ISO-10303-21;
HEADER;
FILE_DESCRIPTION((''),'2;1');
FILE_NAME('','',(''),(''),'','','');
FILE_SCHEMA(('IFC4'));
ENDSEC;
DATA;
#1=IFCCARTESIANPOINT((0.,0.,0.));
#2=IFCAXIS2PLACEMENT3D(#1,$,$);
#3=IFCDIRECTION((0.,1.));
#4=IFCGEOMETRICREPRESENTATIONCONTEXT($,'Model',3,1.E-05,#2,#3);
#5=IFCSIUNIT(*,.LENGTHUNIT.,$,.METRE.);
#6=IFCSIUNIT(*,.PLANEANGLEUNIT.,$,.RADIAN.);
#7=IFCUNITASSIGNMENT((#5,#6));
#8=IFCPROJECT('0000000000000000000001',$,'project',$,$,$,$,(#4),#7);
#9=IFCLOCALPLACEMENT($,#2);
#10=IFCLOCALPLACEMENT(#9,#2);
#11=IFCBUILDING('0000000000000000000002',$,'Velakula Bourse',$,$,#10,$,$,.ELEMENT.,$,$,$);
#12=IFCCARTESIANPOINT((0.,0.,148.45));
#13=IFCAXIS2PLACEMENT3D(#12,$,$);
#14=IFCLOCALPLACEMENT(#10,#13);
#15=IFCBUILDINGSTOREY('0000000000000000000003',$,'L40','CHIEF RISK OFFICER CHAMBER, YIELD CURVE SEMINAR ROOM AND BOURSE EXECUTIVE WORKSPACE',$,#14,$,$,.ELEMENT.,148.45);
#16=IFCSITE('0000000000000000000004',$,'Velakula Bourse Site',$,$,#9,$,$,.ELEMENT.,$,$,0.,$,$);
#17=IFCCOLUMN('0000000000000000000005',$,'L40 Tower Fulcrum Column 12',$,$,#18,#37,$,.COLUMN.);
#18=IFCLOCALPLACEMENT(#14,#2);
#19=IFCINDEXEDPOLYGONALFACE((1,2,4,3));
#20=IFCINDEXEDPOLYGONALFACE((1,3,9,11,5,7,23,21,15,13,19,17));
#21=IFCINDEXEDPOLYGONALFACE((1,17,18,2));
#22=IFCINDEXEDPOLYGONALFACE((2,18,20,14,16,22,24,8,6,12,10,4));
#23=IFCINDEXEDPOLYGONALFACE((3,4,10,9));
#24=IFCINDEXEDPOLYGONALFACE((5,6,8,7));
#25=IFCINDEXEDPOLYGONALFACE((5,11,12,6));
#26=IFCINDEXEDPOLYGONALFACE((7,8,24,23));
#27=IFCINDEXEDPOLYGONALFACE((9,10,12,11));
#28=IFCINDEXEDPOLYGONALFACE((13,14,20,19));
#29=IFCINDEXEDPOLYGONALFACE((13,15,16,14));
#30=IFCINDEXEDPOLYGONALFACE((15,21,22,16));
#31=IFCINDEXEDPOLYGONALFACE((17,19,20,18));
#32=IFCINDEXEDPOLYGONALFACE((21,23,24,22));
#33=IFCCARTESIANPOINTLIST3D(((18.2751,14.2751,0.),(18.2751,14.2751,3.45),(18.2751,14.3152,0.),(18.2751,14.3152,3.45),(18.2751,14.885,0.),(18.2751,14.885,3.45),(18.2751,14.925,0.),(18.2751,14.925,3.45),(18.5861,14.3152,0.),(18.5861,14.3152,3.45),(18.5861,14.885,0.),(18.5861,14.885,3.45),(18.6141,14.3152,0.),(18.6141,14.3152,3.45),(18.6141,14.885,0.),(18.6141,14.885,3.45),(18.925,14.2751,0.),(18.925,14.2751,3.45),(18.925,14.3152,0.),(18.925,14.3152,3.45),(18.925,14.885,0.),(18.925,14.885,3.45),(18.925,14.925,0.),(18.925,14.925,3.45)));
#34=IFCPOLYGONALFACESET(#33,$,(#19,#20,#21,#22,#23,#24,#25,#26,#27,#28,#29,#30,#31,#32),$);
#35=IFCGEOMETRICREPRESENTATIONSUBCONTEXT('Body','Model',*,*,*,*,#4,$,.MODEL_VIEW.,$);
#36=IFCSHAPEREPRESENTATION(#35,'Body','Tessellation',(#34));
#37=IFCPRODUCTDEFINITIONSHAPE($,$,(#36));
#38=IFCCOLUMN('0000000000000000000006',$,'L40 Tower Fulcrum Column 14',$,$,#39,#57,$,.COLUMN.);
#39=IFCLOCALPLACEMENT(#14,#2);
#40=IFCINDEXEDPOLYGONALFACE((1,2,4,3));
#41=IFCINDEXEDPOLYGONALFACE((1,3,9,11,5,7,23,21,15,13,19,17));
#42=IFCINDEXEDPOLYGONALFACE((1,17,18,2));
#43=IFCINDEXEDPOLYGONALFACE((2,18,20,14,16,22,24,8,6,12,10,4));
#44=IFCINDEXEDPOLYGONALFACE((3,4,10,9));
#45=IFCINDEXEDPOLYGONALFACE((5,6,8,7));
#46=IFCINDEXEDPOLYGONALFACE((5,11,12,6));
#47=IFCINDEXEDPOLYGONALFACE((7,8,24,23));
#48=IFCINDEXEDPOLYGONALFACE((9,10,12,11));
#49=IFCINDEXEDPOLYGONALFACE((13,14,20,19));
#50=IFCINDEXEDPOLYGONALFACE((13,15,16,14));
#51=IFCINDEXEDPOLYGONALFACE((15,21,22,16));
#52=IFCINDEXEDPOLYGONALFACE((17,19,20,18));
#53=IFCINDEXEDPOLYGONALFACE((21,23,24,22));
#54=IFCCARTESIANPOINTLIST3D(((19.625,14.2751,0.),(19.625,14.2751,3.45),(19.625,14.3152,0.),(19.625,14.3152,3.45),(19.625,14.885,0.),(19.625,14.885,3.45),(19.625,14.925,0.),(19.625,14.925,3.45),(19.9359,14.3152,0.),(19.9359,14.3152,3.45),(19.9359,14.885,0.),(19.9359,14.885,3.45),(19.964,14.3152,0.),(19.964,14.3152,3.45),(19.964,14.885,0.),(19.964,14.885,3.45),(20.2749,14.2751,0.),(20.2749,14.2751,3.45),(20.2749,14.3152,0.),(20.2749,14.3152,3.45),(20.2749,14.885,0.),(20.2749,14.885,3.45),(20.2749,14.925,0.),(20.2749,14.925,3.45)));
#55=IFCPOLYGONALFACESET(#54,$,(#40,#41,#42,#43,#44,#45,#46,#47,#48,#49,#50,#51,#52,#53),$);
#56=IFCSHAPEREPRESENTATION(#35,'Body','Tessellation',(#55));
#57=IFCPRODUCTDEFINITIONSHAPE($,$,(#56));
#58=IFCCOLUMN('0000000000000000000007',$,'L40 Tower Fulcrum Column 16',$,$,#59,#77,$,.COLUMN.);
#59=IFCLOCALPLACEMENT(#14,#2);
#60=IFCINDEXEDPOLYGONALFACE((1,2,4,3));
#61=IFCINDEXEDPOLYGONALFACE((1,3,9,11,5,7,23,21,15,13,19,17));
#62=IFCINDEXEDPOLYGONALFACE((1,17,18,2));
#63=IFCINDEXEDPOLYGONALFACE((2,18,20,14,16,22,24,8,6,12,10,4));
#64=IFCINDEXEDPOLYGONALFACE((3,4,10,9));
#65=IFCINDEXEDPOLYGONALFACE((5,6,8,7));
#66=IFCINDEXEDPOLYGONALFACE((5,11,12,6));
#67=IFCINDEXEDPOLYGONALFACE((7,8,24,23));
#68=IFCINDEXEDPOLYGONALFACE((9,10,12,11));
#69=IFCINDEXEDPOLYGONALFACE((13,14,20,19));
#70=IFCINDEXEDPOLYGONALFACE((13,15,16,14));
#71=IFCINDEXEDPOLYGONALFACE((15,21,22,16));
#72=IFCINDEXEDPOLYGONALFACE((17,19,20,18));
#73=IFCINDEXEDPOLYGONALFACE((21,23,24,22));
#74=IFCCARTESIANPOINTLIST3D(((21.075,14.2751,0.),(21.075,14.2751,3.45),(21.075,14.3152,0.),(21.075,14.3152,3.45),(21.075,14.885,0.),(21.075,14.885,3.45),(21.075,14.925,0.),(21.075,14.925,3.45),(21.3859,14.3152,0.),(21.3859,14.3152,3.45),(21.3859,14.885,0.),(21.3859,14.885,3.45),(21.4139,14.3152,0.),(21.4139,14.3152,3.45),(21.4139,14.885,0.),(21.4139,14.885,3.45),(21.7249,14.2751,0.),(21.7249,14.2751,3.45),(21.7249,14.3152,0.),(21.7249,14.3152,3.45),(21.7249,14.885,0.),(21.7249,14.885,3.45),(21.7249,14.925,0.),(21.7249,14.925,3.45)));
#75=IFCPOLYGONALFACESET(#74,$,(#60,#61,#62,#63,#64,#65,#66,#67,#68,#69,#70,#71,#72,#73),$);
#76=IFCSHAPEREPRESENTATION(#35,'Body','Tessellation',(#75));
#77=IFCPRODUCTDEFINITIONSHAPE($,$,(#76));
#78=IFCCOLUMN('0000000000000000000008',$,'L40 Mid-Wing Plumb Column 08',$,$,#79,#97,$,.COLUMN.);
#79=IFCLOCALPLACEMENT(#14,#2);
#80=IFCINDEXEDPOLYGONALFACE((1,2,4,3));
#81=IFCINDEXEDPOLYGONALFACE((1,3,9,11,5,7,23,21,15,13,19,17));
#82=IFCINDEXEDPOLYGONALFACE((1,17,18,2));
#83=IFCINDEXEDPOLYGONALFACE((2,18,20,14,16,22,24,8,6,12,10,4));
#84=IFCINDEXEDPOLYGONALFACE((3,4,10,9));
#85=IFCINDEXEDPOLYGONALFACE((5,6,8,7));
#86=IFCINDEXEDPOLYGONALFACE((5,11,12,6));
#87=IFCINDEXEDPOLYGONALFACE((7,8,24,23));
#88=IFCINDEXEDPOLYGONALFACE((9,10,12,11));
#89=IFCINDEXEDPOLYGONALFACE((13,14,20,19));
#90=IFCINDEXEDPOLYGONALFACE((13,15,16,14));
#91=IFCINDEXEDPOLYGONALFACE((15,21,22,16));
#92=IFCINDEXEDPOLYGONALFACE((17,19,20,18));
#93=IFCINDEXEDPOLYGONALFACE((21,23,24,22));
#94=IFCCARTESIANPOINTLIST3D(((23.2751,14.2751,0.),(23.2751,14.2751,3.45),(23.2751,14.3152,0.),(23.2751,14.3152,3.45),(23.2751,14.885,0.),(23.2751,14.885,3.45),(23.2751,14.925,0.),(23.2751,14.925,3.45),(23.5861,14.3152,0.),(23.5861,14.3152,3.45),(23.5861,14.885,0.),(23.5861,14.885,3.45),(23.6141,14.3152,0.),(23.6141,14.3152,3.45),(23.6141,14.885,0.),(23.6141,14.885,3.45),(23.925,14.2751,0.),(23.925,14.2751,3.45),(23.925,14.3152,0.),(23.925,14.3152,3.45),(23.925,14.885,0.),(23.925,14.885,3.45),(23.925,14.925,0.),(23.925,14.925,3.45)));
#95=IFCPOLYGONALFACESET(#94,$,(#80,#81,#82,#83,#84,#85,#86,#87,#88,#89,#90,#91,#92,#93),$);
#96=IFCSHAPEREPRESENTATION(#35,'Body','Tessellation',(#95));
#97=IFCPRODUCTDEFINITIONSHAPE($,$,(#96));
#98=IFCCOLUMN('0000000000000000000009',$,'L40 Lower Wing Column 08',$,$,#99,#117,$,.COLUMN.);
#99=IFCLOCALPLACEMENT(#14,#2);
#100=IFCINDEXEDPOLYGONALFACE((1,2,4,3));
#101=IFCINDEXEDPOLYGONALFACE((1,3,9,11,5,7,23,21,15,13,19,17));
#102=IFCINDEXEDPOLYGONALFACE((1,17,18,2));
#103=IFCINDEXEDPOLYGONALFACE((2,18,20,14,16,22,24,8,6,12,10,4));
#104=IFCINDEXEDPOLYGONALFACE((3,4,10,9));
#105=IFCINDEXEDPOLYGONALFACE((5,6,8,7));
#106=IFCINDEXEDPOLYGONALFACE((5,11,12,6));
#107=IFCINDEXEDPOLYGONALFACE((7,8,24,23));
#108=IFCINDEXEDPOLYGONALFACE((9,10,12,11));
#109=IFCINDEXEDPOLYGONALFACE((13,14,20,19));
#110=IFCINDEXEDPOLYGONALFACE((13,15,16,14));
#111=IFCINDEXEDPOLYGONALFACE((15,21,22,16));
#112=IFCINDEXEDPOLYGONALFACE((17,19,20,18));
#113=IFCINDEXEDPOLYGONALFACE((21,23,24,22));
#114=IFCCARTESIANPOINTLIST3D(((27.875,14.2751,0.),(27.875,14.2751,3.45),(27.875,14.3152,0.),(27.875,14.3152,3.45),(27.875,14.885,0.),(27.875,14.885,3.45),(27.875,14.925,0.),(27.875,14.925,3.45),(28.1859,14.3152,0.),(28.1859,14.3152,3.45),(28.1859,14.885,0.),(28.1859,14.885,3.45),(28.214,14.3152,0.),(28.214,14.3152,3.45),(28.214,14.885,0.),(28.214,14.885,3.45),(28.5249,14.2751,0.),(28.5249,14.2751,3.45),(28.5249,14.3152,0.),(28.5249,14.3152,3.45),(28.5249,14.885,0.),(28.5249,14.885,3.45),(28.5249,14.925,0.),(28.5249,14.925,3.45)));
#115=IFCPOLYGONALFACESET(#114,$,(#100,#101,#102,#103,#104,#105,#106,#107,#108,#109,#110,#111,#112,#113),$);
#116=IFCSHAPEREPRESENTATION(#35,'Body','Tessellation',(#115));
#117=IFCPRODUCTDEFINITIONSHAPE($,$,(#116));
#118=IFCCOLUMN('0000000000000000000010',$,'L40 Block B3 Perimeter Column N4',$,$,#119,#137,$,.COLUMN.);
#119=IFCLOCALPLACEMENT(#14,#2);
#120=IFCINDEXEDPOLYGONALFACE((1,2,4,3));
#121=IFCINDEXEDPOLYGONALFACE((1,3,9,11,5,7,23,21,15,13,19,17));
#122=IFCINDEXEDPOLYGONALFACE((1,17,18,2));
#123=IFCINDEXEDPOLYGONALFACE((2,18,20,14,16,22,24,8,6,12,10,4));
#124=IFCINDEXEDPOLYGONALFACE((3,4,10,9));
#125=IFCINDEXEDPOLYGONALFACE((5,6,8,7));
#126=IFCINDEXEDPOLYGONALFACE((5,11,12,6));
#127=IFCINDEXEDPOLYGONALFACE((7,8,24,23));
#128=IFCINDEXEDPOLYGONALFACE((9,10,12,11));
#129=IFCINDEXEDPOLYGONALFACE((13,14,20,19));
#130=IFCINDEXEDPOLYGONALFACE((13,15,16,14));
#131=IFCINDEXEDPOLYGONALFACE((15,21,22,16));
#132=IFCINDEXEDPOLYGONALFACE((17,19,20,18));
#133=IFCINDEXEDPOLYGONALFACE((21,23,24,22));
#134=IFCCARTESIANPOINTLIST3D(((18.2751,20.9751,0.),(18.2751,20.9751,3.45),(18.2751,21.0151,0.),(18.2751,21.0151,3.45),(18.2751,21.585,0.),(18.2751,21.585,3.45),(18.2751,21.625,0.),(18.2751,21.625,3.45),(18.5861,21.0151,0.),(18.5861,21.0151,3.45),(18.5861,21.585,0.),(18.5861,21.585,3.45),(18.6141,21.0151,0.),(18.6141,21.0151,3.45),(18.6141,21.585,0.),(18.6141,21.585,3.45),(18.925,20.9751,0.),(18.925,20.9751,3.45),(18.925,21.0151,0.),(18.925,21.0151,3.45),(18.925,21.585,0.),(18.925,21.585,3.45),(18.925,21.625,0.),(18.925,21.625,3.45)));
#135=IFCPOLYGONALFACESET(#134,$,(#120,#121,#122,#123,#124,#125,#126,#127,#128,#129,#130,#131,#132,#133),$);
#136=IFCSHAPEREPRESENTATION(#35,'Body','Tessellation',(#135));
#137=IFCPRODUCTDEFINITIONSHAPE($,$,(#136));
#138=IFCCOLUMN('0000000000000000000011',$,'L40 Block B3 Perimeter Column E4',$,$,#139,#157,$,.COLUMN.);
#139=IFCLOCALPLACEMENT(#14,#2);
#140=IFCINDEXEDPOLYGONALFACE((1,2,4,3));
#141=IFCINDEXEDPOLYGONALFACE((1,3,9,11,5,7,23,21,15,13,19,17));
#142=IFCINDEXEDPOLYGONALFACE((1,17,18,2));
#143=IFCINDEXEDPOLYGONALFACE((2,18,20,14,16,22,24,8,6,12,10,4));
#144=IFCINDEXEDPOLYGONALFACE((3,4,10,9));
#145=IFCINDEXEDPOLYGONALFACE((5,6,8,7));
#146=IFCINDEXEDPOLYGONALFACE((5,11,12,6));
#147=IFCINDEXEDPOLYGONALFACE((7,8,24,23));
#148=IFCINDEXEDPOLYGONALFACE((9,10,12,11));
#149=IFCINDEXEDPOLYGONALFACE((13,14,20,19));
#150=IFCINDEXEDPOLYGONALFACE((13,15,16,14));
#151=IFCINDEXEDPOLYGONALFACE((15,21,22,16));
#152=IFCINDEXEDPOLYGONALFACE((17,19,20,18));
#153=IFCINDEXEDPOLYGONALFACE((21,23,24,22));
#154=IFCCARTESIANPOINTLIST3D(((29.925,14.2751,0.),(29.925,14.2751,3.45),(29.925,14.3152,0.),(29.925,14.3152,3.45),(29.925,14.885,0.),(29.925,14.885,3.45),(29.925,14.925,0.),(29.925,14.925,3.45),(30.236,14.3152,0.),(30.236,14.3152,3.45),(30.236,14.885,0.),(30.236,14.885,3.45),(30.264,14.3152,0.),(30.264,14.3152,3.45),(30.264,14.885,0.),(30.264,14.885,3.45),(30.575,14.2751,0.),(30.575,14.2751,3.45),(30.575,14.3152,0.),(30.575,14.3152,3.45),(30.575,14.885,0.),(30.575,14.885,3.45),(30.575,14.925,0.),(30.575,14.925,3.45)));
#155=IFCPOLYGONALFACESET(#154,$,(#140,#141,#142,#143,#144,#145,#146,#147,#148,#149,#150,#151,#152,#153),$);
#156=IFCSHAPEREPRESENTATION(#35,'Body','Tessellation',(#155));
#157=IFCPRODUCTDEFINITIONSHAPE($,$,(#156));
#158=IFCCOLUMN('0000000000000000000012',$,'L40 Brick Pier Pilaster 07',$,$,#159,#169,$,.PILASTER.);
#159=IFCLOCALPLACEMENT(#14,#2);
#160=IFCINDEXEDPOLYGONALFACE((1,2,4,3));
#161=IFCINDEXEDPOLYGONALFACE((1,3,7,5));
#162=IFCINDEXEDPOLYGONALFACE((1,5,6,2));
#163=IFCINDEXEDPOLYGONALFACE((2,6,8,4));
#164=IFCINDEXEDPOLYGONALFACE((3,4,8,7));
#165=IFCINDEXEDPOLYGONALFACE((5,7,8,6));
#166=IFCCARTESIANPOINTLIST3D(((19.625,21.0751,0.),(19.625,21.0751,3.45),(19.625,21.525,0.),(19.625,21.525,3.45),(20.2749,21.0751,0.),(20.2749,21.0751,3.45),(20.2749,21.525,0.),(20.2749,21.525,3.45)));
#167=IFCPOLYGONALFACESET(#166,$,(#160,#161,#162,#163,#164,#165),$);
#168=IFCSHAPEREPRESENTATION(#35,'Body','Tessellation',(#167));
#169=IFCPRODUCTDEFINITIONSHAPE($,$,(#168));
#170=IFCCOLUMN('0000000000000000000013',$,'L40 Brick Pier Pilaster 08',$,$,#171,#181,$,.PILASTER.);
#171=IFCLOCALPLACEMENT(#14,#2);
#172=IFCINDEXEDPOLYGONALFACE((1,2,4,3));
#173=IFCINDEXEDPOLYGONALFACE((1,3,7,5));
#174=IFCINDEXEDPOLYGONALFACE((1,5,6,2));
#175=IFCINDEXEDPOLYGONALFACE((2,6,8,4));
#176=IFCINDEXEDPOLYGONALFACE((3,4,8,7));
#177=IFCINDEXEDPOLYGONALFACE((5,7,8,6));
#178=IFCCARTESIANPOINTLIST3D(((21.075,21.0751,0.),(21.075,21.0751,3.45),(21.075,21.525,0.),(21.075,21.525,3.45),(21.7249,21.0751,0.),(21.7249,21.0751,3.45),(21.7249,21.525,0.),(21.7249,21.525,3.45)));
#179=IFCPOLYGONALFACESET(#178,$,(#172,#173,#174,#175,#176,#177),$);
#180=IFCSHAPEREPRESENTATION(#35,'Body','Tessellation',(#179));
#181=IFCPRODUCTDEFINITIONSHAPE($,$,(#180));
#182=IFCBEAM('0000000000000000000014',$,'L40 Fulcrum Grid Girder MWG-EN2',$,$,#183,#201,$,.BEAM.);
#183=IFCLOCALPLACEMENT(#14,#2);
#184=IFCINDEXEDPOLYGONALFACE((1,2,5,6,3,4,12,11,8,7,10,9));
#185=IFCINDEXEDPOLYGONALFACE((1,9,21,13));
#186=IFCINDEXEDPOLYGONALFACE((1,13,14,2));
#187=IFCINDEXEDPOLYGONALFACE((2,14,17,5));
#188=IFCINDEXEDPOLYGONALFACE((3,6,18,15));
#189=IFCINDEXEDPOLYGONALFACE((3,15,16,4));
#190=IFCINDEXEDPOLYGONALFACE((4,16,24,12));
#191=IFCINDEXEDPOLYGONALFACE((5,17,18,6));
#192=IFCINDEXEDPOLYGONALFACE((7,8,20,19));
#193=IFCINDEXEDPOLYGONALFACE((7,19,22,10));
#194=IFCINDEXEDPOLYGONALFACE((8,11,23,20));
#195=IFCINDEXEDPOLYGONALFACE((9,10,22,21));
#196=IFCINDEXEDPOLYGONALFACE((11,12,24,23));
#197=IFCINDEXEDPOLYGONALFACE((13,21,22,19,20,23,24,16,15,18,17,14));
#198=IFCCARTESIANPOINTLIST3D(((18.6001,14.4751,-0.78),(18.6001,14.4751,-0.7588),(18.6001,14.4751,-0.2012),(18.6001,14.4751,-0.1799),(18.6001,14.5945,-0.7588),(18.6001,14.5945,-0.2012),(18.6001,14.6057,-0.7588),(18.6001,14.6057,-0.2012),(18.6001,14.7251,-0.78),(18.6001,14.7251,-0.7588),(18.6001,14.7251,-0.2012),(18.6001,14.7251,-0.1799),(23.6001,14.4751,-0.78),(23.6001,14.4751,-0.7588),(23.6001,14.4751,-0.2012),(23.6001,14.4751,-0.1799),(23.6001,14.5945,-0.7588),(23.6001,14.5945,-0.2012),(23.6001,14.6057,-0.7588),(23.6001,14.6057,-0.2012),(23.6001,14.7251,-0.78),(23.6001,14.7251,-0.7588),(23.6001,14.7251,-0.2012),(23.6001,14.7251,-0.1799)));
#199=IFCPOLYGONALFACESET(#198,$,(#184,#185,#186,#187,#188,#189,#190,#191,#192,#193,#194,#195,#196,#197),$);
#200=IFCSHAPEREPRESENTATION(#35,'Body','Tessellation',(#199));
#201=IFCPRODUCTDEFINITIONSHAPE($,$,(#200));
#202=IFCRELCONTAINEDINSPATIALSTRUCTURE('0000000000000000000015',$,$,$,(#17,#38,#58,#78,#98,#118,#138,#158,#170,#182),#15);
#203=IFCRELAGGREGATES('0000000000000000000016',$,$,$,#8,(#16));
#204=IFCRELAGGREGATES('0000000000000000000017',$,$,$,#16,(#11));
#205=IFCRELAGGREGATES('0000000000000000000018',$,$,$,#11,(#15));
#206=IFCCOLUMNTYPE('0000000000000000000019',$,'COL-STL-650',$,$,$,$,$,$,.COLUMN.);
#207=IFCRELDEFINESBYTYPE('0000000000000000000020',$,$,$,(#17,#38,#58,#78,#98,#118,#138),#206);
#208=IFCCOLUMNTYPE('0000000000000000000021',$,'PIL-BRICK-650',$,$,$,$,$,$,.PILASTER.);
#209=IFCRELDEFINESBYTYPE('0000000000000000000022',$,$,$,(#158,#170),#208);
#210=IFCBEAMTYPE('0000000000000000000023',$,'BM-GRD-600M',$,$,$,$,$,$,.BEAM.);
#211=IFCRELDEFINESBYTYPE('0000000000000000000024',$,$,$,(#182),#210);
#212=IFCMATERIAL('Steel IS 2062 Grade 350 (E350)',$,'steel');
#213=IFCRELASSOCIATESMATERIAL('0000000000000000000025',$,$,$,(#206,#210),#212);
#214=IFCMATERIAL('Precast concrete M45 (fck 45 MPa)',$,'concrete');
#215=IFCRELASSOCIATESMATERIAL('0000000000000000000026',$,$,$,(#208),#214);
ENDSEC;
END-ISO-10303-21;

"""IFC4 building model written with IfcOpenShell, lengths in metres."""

from ifc_helpers import new_model, si_unit, direction, frame, origin, origin_2d, place, context, subcontext, project, spatial, rectangle, i_section, extrude, material, material_profile, profile_set, type_object, element, save


model = new_model("IFC4")

# Units and contexts
model_context = context("Model", 3, precision=1e-05, world=origin(), true_north=direction((0.0, 1.0)))
body_context = subcontext(model_context, "Body", "Model", "MODEL_VIEW")
ifc_project = project(units=[si_unit("LENGTHUNIT", "METRE"), si_unit("PLANEANGLEUNIT", "RADIAN")], contexts=[model_context])

# Site, building, storey
site_placement = place(None, origin())
site = spatial("IfcSite", under=ifc_project, at=site_placement, Name="Velakula Bourse Site", CompositionType="ELEMENT", RefElevation=0.0)
building_placement = place(site_placement, origin())
building = spatial("IfcBuilding", under=site, at=building_placement, Name="Velakula Bourse", CompositionType="ELEMENT")
storey_placement = place(building_placement, frame((0.0, 0.0, 148.45)))
storey = spatial("IfcBuildingStorey", under=building, at=storey_placement, Name="L40", Description="CHIEF RISK OFFICER CHAMBER, YIELD CURVE SEMINAR ROOM AND BOURSE EXECUTIVE WORKSPACE", CompositionType="ELEMENT", Elevation=148.45)

# Columns
ifc_material_1 = material(Name="Steel IS 2062 Grade 350 (E350)", Category="steel")
ifc_material_profile_1 = material_profile(ifc_material_1, i_section(OverallWidth=0.6499, OverallDepth=0.6499, WebThickness=0.0281, FlangeThickness=0.04, at=origin_2d()), Name="Steel IS 2062 Grade 350 (E350)")
ifc_profile_set_1 = profile_set([ifc_material_profile_1], Name="Steel IS 2062 Grade 350 (E350)")
column_type_1 = type_object("IfcColumnType", Name="COL-STL-650", PredefinedType="COLUMN", material=ifc_profile_set_1)
for number, where, z_axis, x_axis, name in (
    (1, (18.6001, 14.6001, 0.0), (0.0, 0.0, 1.0), (1.0, 0.0, 0.0), "L40 Tower Fulcrum Column 12"),
    (2, (19.95, 14.6001, 0.0), (0.0, 0.0, 1.0), (1.0, 0.0, 0.0), "L40 Tower Fulcrum Column 14"),
    (3, (21.3999, 14.6001, 0.0), (0.0, 0.0, 1.0), (1.0, 0.0, 0.0), "L40 Tower Fulcrum Column 16"),
    (4, (23.6001, 14.6001, 0.0), (0.0, 0.0, 1.0), (1.0, 0.0, 0.0), "L40 Mid-Wing Plumb Column 08"),
    (5, (28.2, 14.6001, 0.0), (0.0, 0.0, 1.0), (1.0, 0.0, 0.0), "L40 Lower Wing Column 08"),
    (6, (18.6001, 21.3, 0.0), (0.0, 0.0, 1.0), (1.0, 0.0, 0.0), "L40 Block B3 Perimeter Column N4"),
    (7, (30.25, 14.6001, 0.0), (0.0, 0.0, 1.0), (1.0, 0.0, 0.0), "L40 Block B3 Perimeter Column E4"),
):
    element("IfcColumn", number, at=place(storey_placement, frame(where, z_axis=z_axis, x_axis=x_axis)), inside=storey, type_object=column_type_1, Name=name, PredefinedType="COLUMN", context=body_context, shape_type="SweptSolid", body=[
        extrude(i_section(OverallWidth=0.6499, OverallDepth=0.6499, WebThickness=0.0281, FlangeThickness=0.04, at=origin_2d()), origin(), (0.0, 0.0, 1.0), 3.45),
    ])
ifc_material_2 = material(Name="Precast concrete M45 (fck 45 MPa)", Category="concrete")
ifc_material_profile_2 = material_profile(ifc_material_2, rectangle(XDim=0.6499, YDim=0.45, at=origin_2d()), Name="Precast concrete M45 (fck 45 MPa)")
ifc_profile_set_2 = profile_set([ifc_material_profile_2], Name="Precast concrete M45 (fck 45 MPa)")
column_type_2 = type_object("IfcColumnType", Name="PIL-BRICK-650", PredefinedType="PILASTER", material=ifc_profile_set_2)
for number, where, z_axis, x_axis, name in (
    (8, (19.95, 21.3, 0.0), (0.0, 0.0, 1.0), (1.0, 0.0, 0.0), "L40 Brick Pier Pilaster 07"),
    (9, (21.3999, 21.3, 0.0), (0.0, 0.0, 1.0), (1.0, 0.0, 0.0), "L40 Brick Pier Pilaster 08"),
):
    element("IfcColumn", number, at=place(storey_placement, frame(where, z_axis=z_axis, x_axis=x_axis)), inside=storey, type_object=column_type_2, Name=name, PredefinedType="PILASTER", context=body_context, shape_type="SweptSolid", body=[
        extrude(rectangle(XDim=0.6499, YDim=0.45, at=origin_2d()), origin(), (0.0, 0.0, 1.0), 3.45),
    ])

# Beam
ifc_material_profile_3 = material_profile(ifc_material_1, i_section(OverallWidth=0.25, OverallDepth=0.6001, WebThickness=0.0112, FlangeThickness=0.0212, at=origin_2d()), Name="Steel IS 2062 Grade 350 (E350)")
ifc_profile_set_3 = profile_set([ifc_material_profile_3], Name="Steel IS 2062 Grade 350 (E350)")
beam_type_1 = type_object("IfcBeamType", Name="BM-GRD-600M", PredefinedType="BEAM", material=ifc_profile_set_3)
beam_1_placement = place(storey_placement, frame((18.6001, 14.6001, -0.48), z_axis=(1.0, 0.0, 0.0), x_axis=(0.0, 1.0, 0.0)))
element("IfcBeam", 10, at=beam_1_placement, inside=storey, type_object=beam_type_1, Name="L40 Fulcrum Grid Girder MWG-EN2", PredefinedType="BEAM", context=body_context, shape_type="SweptSolid", body=[
    extrude(i_section(OverallWidth=0.25, OverallDepth=0.6001, WebThickness=0.0112, FlangeThickness=0.0212, at=origin_2d()), origin(), (0.0, 0.0, 1.0), 5.0),
])

save(model, "model.ifc")
